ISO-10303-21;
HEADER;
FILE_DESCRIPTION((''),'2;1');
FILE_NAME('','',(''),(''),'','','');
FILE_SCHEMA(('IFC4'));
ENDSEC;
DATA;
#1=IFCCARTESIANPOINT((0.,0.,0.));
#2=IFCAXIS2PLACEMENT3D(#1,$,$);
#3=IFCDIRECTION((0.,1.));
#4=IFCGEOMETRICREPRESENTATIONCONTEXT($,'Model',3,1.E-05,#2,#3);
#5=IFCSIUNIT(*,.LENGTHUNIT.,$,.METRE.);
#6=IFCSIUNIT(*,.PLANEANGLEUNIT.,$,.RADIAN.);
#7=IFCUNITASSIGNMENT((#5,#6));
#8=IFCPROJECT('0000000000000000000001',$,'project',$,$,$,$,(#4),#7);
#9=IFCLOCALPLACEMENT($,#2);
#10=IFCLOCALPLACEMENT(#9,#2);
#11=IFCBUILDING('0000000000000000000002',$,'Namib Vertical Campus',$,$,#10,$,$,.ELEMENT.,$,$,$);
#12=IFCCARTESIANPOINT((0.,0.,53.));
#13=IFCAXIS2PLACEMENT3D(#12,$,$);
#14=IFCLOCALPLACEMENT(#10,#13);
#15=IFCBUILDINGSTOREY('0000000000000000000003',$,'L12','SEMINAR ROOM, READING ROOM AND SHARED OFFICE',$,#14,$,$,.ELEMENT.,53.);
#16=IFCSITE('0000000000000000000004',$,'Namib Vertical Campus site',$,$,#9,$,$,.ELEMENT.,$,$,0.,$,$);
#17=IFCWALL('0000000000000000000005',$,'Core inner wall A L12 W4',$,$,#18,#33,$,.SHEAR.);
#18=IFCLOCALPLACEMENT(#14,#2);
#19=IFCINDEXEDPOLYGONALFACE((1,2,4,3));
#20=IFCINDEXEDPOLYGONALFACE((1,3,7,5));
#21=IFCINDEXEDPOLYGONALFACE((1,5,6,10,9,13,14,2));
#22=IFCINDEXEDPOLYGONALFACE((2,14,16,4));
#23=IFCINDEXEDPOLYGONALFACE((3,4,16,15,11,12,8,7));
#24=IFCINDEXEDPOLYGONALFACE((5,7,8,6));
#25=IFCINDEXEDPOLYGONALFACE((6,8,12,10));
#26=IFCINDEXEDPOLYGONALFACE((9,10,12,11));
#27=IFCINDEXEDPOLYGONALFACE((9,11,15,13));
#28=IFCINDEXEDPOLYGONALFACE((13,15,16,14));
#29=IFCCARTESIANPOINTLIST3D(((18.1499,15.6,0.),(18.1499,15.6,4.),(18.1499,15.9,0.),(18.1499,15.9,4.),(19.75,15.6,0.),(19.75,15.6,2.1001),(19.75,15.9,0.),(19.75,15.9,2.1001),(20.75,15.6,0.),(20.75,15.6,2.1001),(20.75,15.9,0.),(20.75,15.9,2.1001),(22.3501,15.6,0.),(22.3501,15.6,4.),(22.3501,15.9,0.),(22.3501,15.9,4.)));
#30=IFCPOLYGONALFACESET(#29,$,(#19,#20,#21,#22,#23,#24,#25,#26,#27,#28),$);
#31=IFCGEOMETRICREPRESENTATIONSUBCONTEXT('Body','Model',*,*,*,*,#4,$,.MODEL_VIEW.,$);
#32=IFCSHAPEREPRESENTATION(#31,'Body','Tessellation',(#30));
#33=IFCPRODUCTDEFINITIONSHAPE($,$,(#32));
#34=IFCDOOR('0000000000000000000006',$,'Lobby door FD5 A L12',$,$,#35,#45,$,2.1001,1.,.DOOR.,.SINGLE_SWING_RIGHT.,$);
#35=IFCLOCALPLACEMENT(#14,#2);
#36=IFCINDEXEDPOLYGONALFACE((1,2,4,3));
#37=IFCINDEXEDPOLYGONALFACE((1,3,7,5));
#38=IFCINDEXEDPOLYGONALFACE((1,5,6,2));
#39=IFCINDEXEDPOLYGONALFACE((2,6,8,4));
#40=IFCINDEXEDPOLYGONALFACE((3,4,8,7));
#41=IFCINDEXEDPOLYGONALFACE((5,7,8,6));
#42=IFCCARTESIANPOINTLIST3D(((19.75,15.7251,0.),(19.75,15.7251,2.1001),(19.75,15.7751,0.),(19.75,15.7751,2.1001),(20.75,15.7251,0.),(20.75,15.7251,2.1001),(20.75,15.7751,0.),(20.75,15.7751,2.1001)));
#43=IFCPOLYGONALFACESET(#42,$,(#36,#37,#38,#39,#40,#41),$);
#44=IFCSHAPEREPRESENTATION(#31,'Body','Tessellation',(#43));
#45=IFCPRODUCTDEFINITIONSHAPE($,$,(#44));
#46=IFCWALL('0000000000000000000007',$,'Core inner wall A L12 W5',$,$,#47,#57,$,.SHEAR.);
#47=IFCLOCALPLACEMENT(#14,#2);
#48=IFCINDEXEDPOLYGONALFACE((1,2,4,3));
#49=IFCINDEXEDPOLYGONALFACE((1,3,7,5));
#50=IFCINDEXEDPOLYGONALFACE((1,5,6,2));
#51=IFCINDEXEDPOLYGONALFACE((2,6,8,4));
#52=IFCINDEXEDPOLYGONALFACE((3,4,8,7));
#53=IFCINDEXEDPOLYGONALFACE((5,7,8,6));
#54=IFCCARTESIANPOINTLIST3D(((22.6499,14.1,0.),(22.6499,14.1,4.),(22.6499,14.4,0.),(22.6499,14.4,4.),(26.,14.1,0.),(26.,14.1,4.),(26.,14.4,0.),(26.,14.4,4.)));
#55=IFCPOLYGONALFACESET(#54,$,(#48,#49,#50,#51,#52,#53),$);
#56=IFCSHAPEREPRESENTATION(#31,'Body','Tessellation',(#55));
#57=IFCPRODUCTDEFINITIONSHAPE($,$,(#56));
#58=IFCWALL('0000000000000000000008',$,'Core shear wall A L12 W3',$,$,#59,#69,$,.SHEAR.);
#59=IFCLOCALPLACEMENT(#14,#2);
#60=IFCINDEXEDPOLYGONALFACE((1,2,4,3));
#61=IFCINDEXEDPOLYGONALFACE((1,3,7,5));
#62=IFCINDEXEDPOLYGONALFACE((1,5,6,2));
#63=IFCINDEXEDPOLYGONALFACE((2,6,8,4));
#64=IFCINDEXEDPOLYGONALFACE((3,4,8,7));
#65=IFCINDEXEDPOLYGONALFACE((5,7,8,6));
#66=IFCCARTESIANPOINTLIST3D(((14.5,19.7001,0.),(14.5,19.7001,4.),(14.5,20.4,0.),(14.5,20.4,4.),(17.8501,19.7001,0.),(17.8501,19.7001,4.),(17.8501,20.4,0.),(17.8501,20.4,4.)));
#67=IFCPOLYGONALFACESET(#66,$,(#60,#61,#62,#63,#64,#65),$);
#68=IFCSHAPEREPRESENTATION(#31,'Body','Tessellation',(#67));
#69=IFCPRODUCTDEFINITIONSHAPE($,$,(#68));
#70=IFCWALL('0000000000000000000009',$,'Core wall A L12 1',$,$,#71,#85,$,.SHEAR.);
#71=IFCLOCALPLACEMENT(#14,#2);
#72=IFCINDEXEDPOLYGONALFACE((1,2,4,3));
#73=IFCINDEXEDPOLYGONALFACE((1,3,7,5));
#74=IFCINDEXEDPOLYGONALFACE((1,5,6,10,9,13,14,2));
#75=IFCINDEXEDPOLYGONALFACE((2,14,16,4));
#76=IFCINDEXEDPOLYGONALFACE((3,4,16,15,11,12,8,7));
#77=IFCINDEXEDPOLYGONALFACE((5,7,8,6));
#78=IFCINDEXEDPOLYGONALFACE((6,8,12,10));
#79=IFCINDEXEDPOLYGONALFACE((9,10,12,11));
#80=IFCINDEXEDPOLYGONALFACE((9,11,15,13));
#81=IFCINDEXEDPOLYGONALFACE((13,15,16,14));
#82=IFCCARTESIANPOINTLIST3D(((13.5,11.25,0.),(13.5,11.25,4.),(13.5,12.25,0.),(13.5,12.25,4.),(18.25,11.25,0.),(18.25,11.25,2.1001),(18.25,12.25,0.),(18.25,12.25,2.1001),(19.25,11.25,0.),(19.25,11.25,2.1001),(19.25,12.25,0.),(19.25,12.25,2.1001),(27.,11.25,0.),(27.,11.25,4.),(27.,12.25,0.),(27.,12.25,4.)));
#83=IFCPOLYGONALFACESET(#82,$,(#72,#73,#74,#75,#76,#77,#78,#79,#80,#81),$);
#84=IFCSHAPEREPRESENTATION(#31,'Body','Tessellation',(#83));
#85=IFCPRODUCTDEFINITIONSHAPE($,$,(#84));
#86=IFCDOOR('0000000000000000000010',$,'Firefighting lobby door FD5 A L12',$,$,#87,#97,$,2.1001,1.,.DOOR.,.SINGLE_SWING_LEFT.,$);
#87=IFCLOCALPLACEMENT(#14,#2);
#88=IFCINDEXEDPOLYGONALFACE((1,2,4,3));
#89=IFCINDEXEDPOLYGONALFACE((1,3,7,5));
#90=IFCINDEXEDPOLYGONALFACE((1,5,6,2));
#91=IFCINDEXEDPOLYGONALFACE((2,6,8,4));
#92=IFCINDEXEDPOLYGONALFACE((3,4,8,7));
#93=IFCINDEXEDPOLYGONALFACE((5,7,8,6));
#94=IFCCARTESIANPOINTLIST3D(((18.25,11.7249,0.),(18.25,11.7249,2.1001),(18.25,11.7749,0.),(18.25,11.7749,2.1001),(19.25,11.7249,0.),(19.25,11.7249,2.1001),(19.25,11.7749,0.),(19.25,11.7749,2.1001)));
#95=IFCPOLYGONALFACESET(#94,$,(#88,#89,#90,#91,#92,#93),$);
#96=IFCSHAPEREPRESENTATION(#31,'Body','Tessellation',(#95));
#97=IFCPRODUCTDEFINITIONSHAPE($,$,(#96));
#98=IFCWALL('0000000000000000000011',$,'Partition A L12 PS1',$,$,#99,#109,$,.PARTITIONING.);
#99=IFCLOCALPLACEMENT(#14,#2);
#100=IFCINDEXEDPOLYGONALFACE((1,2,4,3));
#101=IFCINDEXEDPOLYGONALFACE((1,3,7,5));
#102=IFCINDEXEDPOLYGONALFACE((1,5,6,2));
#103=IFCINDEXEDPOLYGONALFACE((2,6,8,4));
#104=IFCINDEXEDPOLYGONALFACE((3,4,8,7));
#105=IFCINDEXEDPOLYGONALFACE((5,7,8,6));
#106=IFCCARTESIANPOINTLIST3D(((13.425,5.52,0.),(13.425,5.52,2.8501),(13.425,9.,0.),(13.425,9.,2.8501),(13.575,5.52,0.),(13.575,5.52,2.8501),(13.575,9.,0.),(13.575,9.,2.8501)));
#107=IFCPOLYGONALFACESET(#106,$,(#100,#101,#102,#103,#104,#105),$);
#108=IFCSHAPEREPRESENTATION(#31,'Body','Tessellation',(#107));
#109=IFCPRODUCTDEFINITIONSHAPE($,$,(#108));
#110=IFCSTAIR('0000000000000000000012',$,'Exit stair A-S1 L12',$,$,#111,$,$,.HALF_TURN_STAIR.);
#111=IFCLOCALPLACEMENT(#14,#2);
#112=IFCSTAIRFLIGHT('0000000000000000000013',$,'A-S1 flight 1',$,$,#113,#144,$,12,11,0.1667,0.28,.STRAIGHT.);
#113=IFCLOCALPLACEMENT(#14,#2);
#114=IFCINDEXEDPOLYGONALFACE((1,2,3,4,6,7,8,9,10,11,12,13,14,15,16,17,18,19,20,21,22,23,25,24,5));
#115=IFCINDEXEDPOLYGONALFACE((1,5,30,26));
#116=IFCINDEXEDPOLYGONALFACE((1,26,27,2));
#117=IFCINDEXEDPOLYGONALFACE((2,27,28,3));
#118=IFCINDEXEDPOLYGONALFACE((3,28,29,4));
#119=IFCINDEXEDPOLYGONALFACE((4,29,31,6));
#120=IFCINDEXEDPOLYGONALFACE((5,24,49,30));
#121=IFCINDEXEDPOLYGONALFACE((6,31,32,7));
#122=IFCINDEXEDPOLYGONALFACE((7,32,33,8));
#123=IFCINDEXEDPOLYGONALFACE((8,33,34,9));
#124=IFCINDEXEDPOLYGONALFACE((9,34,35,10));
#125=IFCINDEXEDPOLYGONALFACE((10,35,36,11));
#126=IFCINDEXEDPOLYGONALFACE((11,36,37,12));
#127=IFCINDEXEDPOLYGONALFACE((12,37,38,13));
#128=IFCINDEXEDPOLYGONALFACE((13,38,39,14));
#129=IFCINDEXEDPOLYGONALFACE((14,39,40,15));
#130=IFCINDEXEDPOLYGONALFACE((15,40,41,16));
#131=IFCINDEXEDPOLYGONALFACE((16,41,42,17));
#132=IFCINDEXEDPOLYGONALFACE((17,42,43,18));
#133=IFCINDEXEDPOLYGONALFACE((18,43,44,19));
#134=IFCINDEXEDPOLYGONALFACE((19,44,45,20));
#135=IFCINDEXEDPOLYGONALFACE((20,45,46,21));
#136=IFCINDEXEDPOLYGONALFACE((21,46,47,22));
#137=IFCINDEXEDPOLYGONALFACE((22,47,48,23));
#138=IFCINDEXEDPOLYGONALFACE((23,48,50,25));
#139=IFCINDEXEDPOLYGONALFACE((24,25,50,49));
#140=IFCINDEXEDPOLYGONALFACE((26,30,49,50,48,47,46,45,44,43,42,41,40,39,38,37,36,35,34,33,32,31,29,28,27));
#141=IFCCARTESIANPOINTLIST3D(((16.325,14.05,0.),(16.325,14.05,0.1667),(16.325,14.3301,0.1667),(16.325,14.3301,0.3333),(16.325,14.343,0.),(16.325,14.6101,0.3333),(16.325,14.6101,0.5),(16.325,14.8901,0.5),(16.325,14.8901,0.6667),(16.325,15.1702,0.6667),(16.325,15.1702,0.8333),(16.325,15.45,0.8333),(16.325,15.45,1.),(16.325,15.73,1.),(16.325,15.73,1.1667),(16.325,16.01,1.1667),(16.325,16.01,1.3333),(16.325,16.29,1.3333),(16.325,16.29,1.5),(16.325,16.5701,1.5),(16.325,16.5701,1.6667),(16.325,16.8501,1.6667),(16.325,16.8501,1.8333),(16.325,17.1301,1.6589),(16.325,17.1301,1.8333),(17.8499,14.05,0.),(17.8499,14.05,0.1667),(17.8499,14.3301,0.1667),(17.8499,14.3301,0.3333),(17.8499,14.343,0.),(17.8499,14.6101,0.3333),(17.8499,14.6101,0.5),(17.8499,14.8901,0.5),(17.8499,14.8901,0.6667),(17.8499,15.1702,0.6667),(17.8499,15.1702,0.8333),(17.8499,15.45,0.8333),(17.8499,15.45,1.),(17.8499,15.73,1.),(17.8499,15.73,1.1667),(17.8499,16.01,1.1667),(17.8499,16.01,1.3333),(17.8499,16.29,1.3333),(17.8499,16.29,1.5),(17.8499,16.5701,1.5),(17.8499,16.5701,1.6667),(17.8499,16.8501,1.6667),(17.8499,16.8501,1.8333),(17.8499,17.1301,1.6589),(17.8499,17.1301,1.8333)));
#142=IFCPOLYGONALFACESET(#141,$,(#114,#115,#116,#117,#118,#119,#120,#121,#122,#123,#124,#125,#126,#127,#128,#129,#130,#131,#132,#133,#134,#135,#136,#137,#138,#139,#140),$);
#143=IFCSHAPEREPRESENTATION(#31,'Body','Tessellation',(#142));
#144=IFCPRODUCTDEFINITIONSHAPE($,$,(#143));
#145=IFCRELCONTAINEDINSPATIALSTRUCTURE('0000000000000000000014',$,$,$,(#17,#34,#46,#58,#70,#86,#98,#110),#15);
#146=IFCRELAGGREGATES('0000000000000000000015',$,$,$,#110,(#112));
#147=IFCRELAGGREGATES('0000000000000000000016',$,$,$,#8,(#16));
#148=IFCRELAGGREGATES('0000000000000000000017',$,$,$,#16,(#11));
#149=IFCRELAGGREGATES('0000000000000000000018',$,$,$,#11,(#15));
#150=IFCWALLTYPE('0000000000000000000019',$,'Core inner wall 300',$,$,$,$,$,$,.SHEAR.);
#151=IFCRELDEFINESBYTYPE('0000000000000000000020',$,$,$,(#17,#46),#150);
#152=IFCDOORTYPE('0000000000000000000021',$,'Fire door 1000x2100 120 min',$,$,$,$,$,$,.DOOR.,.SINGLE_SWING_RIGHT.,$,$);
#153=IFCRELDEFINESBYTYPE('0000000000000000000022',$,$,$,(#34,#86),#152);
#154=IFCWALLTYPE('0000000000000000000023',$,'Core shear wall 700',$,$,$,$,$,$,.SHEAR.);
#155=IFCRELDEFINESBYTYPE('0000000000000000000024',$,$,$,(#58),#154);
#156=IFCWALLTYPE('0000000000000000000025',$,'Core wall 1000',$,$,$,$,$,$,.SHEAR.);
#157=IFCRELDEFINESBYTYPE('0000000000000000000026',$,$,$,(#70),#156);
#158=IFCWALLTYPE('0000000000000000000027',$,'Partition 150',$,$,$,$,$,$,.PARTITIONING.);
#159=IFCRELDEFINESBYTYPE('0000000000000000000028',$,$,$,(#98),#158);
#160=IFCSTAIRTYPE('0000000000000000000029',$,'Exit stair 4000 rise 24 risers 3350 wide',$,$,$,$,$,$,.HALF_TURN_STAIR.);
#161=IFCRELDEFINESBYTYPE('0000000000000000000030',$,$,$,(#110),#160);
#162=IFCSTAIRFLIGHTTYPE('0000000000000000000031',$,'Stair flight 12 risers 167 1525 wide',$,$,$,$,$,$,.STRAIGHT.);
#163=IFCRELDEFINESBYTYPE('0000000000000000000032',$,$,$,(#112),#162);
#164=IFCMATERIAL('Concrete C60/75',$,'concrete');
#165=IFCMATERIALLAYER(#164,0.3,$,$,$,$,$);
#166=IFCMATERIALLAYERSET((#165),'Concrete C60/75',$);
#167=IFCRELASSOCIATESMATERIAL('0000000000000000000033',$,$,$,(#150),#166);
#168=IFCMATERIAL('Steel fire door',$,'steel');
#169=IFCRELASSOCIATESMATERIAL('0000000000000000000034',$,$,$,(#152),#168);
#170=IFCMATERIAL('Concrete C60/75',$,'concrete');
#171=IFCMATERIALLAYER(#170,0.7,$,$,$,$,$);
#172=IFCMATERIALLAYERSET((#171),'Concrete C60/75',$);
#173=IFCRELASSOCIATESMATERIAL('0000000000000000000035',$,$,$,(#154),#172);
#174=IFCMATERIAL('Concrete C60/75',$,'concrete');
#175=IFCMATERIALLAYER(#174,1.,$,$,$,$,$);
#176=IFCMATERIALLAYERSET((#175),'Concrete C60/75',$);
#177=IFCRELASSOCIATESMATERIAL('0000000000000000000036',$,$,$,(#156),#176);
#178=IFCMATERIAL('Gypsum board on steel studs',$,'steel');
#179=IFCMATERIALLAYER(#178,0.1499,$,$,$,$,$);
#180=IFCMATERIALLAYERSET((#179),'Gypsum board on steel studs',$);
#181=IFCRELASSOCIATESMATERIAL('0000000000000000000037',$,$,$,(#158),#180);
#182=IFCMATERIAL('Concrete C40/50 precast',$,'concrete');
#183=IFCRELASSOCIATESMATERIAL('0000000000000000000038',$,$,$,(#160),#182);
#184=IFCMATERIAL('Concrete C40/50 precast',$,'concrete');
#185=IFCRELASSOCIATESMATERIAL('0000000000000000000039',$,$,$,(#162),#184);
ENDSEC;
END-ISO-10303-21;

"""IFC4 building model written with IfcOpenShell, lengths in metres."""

from ifc_helpers import new_model, si_unit, direction, frame, frame_2d, origin, place, context, subcontext, project, spatial, polyline, rectangle, outline, extrude, material, layer, layer_set, type_object, element, fill, aggregate, save


model = new_model("IFC4")

# Units and contexts
model_context = context("Model", 3, precision=1e-05, world=origin(), true_north=direction((0.0, 1.0)))
body_context = subcontext(model_context, "Body", "Model", "MODEL_VIEW")
ifc_project = project(units=[si_unit("LENGTHUNIT", "METRE"), si_unit("PLANEANGLEUNIT", "RADIAN")], contexts=[model_context])

# Site, building, storey
site_placement = place(None, origin())
site = spatial("IfcSite", under=ifc_project, at=site_placement, Name="Namib Vertical Campus site", CompositionType="ELEMENT", RefElevation=0.0)
building_placement = place(site_placement, origin())
building = spatial("IfcBuilding", under=site, at=building_placement, Name="Namib Vertical Campus", CompositionType="ELEMENT")
storey_placement = place(building_placement, frame((0.0, 0.0, 53.0)))
storey = spatial("IfcBuildingStorey", under=building, at=storey_placement, Name="L12", Description="SEMINAR ROOM, READING ROOM AND SHARED OFFICE", CompositionType="ELEMENT", Elevation=53.0)

# Shared definitions
ifc_material_1 = material(Name="Concrete C60/75", Category="concrete")
ifc_layer_1 = layer(ifc_material_1, 0.3)
ifc_layer_set_1 = layer_set([ifc_layer_1], Name="Concrete C60/75")
wall_type_1 = type_object("IfcWallType", Name="Core inner wall 300", PredefinedType="SHEAR", material=ifc_layer_set_1)

# Wall, opening, door
wall_1_placement = place(storey_placement, frame((18.1499, 15.75, 0.0), z_axis=(0.0, 0.0, 1.0), x_axis=(1.0, 0.0, 0.0)))
wall_1 = element("IfcWall", 1, at=wall_1_placement, inside=storey, type_object=wall_type_1, Name="Core inner wall A L12 W4", PredefinedType="SHEAR", context=body_context, shape_type="SweptSolid", body=[
    extrude(rectangle(XDim=4.2002, YDim=0.3, at=frame_2d((2.1001, 0.0))), origin(), (0.0, 0.0, 1.0), 4.0),
])
opening_1_placement = place(wall_1_placement, frame((1.6001, 0.0, 0.0)))
opening_1 = element("IfcOpeningElement", 2, at=opening_1_placement, cuts=wall_1, PredefinedType="OPENING", context=body_context, shape_type="SweptSolid", body=[
    extrude(rectangle(XDim=1.0, YDim=2.1001, at=frame_2d((0.5, 1.05))), frame((0.0, 0.1599, 0.0), z_axis=(0.0, -1.0, 0.0), x_axis=(1.0, 0.0, 0.0)), (0.0, 0.0, 1.0), 0.3201),
])
ifc_material_2 = material(Name="Steel fire door", Category="steel")
door_type_1 = type_object("IfcDoorType", Name="Fire door 1000x2100 120 min", OperationType="SINGLE_SWING_RIGHT", PredefinedType="DOOR", material=ifc_material_2)
door_1_placement = place(opening_1_placement, frame((1.0, 0.0, 0.0), z_axis=(0.0, 0.0, 1.0), x_axis=(-1.0, 0.0, 0.0)))
door_1 = element("IfcDoor", 3, at=door_1_placement, inside=storey, type_object=door_type_1, Name="Lobby door FD5 A L12", OperationType="SINGLE_SWING_RIGHT", OverallHeight=2.1001, OverallWidth=1.0, PredefinedType="DOOR", context=body_context, shape_type="SweptSolid", body=[
    extrude(rectangle(XDim=1.0, YDim=2.1001, at=frame_2d((0.5, 1.05))), frame((0.0, 0.0249, 0.0), z_axis=(0.0, -1.0, 0.0), x_axis=(1.0, 0.0, 0.0)), (0.0, 0.0, 1.0), 0.05),
])
fill(opening_1, door_1)

# Walls
wall_2_placement = place(storey_placement, frame((22.6499, 14.25, 0.0), z_axis=(0.0, 0.0, 1.0), x_axis=(1.0, 0.0, 0.0)))
element("IfcWall", 4, at=wall_2_placement, inside=storey, type_object=wall_type_1, Name="Core inner wall A L12 W5", PredefinedType="SHEAR", context=body_context, shape_type="SweptSolid", body=[
    extrude(rectangle(XDim=3.3501, YDim=0.3, at=frame_2d((1.675, 0.0))), origin(), (0.0, 0.0, 1.0), 4.0),
])
ifc_material_3 = material(Name="Concrete C60/75", Category="concrete")
ifc_layer_2 = layer(ifc_material_3, 0.7)
ifc_layer_set_2 = layer_set([ifc_layer_2], Name="Concrete C60/75")
wall_type_2 = type_object("IfcWallType", Name="Core shear wall 700", PredefinedType="SHEAR", material=ifc_layer_set_2)
wall_3_placement = place(storey_placement, frame((14.5, 20.05, 0.0), z_axis=(0.0, 0.0, 1.0), x_axis=(1.0, 0.0, 0.0)))
element("IfcWall", 5, at=wall_3_placement, inside=storey, type_object=wall_type_2, Name="Core shear wall A L12 W3", PredefinedType="SHEAR", context=body_context, shape_type="SweptSolid", body=[
    extrude(rectangle(XDim=3.3501, YDim=0.7, at=frame_2d((1.675, 0.0))), origin(), (0.0, 0.0, 1.0), 4.0),
])

# Wall, opening, door
ifc_material_4 = material(Name="Concrete C60/75", Category="concrete")
ifc_layer_3 = layer(ifc_material_4, 1.0)
ifc_layer_set_3 = layer_set([ifc_layer_3], Name="Concrete C60/75")
wall_type_3 = type_object("IfcWallType", Name="Core wall 1000", PredefinedType="SHEAR", material=ifc_layer_set_3)
wall_4_placement = place(storey_placement, frame((13.5, 11.75, 0.0), z_axis=(0.0, 0.0, 1.0), x_axis=(1.0, 0.0, 0.0)))
wall_4 = element("IfcWall", 6, at=wall_4_placement, inside=storey, type_object=wall_type_3, Name="Core wall A L12 1", PredefinedType="SHEAR", context=body_context, shape_type="SweptSolid", body=[
    extrude(rectangle(XDim=13.5, YDim=1.0, at=frame_2d((6.75, 0.0))), origin(), (0.0, 0.0, 1.0), 4.0),
])
opening_2_placement = place(wall_4_placement, frame((4.75, 0.0, 0.0)))
opening_2 = element("IfcOpeningElement", 7, at=opening_2_placement, cuts=wall_4, PredefinedType="OPENING", context=body_context, shape_type="SweptSolid", body=[
    extrude(rectangle(XDim=1.0, YDim=2.1001, at=frame_2d((0.5, 1.05))), frame((0.0, 0.51, 0.0), z_axis=(0.0, -1.0, 0.0), x_axis=(1.0, 0.0, 0.0)), (0.0, 0.0, 1.0), 1.02),
])
door_2_placement = place(opening_2_placement, origin())
door_2 = element("IfcDoor", 8, at=door_2_placement, inside=storey, type_object=door_type_1, Name="Firefighting lobby door FD5 A L12", OperationType="SINGLE_SWING_LEFT", OverallHeight=2.1001, OverallWidth=1.0, PredefinedType="DOOR", context=body_context, shape_type="SweptSolid", body=[
    extrude(rectangle(XDim=1.0, YDim=2.1001, at=frame_2d((0.5, 1.05))), frame((0.0, 0.0249, 0.0), z_axis=(0.0, -1.0, 0.0), x_axis=(1.0, 0.0, 0.0)), (0.0, 0.0, 1.0), 0.05),
])
fill(opening_2, door_2)

# Wall
ifc_material_5 = material(Name="Gypsum board on steel studs", Category="steel")
ifc_layer_4 = layer(ifc_material_5, 0.1499)
ifc_layer_set_4 = layer_set([ifc_layer_4], Name="Gypsum board on steel studs")
wall_type_4 = type_object("IfcWallType", Name="Partition 150", PredefinedType="PARTITIONING", material=ifc_layer_set_4)
wall_5_placement = place(storey_placement, frame((13.5, 5.52, 0.0), z_axis=(0.0, 0.0, 1.0), x_axis=(0.0, 1.0, 0.0)))
element("IfcWall", 9, at=wall_5_placement, inside=storey, type_object=wall_type_4, Name="Partition A L12 PS1", PredefinedType="PARTITIONING", context=body_context, shape_type="SweptSolid", body=[
    extrude(rectangle(XDim=3.48, YDim=0.1499, at=frame_2d((1.74, 0.0))), origin(), (0.0, 0.0, 1.0), 2.8501),
])

# Stair, stair flight
ifc_material_6 = material(Name="Concrete C40/50 precast", Category="concrete")
stair_type = type_object("IfcStairType", Name="Exit stair 4000 rise 24 risers 3350 wide", PredefinedType="HALF_TURN_STAIR", material=ifc_material_6)
stair_placement = place(storey_placement, origin())
stair = element("IfcStair", 10, at=stair_placement, inside=storey, type_object=stair_type, Name="Exit stair A-S1 L12", PredefinedType="HALF_TURN_STAIR")
ifc_material_7 = material(Name="Concrete C40/50 precast", Category="concrete")
stair_flight_type = type_object("IfcStairFlightType", Name="Stair flight 12 risers 167 1525 wide", PredefinedType="STRAIGHT", material=ifc_material_7)
stair_flight_1_placement = place(storey_placement, frame((17.0874, 14.05, 0.0), z_axis=(0.0, 0.0, 1.0), x_axis=(0.0, 1.0, 0.0)))
stair_flight_1 = element("IfcStairFlight", 11, at=stair_flight_1_placement, type_object=stair_flight_type, Name="A-S1 flight 1", NumberOfRisers=12, NumberOfTreads=11, PredefinedType="STRAIGHT", RiserHeight=0.1667, TreadLength=0.28, context=body_context, shape_type="SweptSolid", body=[
    extrude(outline(polyline([(0.0, 0.0), (0.0, 0.1667), (0.28, 0.1667), (0.28, 0.3333), (0.5601, 0.3333), (0.5601, 0.5), (0.8401, 0.5), (0.8401, 0.6667), (1.1201, 0.6667), (1.1201, 0.8333), (1.3999, 0.8333), (1.3999, 1.0), (1.6799, 1.0), (1.6799, 1.1667), (1.96, 1.1667), (1.96, 1.3333), (2.24, 1.3333), (2.24, 1.5), (2.52, 1.5), (2.52, 1.6667), (2.8, 1.6667), (2.8, 1.8333), (3.0801, 1.8333), (3.0801, 2.0), (3.0801, 1.6589), (0.293, 0.0), (0.0, 0.0)])), frame((0.0, 0.7625, 0.0), z_axis=(0.0, -1.0, 0.0), x_axis=(1.0, 0.0, 0.0)), (0.0, 0.0, 1.0), 1.5249),
])
aggregate(stair, [stair_flight_1])

save(model, "model.ifc")
